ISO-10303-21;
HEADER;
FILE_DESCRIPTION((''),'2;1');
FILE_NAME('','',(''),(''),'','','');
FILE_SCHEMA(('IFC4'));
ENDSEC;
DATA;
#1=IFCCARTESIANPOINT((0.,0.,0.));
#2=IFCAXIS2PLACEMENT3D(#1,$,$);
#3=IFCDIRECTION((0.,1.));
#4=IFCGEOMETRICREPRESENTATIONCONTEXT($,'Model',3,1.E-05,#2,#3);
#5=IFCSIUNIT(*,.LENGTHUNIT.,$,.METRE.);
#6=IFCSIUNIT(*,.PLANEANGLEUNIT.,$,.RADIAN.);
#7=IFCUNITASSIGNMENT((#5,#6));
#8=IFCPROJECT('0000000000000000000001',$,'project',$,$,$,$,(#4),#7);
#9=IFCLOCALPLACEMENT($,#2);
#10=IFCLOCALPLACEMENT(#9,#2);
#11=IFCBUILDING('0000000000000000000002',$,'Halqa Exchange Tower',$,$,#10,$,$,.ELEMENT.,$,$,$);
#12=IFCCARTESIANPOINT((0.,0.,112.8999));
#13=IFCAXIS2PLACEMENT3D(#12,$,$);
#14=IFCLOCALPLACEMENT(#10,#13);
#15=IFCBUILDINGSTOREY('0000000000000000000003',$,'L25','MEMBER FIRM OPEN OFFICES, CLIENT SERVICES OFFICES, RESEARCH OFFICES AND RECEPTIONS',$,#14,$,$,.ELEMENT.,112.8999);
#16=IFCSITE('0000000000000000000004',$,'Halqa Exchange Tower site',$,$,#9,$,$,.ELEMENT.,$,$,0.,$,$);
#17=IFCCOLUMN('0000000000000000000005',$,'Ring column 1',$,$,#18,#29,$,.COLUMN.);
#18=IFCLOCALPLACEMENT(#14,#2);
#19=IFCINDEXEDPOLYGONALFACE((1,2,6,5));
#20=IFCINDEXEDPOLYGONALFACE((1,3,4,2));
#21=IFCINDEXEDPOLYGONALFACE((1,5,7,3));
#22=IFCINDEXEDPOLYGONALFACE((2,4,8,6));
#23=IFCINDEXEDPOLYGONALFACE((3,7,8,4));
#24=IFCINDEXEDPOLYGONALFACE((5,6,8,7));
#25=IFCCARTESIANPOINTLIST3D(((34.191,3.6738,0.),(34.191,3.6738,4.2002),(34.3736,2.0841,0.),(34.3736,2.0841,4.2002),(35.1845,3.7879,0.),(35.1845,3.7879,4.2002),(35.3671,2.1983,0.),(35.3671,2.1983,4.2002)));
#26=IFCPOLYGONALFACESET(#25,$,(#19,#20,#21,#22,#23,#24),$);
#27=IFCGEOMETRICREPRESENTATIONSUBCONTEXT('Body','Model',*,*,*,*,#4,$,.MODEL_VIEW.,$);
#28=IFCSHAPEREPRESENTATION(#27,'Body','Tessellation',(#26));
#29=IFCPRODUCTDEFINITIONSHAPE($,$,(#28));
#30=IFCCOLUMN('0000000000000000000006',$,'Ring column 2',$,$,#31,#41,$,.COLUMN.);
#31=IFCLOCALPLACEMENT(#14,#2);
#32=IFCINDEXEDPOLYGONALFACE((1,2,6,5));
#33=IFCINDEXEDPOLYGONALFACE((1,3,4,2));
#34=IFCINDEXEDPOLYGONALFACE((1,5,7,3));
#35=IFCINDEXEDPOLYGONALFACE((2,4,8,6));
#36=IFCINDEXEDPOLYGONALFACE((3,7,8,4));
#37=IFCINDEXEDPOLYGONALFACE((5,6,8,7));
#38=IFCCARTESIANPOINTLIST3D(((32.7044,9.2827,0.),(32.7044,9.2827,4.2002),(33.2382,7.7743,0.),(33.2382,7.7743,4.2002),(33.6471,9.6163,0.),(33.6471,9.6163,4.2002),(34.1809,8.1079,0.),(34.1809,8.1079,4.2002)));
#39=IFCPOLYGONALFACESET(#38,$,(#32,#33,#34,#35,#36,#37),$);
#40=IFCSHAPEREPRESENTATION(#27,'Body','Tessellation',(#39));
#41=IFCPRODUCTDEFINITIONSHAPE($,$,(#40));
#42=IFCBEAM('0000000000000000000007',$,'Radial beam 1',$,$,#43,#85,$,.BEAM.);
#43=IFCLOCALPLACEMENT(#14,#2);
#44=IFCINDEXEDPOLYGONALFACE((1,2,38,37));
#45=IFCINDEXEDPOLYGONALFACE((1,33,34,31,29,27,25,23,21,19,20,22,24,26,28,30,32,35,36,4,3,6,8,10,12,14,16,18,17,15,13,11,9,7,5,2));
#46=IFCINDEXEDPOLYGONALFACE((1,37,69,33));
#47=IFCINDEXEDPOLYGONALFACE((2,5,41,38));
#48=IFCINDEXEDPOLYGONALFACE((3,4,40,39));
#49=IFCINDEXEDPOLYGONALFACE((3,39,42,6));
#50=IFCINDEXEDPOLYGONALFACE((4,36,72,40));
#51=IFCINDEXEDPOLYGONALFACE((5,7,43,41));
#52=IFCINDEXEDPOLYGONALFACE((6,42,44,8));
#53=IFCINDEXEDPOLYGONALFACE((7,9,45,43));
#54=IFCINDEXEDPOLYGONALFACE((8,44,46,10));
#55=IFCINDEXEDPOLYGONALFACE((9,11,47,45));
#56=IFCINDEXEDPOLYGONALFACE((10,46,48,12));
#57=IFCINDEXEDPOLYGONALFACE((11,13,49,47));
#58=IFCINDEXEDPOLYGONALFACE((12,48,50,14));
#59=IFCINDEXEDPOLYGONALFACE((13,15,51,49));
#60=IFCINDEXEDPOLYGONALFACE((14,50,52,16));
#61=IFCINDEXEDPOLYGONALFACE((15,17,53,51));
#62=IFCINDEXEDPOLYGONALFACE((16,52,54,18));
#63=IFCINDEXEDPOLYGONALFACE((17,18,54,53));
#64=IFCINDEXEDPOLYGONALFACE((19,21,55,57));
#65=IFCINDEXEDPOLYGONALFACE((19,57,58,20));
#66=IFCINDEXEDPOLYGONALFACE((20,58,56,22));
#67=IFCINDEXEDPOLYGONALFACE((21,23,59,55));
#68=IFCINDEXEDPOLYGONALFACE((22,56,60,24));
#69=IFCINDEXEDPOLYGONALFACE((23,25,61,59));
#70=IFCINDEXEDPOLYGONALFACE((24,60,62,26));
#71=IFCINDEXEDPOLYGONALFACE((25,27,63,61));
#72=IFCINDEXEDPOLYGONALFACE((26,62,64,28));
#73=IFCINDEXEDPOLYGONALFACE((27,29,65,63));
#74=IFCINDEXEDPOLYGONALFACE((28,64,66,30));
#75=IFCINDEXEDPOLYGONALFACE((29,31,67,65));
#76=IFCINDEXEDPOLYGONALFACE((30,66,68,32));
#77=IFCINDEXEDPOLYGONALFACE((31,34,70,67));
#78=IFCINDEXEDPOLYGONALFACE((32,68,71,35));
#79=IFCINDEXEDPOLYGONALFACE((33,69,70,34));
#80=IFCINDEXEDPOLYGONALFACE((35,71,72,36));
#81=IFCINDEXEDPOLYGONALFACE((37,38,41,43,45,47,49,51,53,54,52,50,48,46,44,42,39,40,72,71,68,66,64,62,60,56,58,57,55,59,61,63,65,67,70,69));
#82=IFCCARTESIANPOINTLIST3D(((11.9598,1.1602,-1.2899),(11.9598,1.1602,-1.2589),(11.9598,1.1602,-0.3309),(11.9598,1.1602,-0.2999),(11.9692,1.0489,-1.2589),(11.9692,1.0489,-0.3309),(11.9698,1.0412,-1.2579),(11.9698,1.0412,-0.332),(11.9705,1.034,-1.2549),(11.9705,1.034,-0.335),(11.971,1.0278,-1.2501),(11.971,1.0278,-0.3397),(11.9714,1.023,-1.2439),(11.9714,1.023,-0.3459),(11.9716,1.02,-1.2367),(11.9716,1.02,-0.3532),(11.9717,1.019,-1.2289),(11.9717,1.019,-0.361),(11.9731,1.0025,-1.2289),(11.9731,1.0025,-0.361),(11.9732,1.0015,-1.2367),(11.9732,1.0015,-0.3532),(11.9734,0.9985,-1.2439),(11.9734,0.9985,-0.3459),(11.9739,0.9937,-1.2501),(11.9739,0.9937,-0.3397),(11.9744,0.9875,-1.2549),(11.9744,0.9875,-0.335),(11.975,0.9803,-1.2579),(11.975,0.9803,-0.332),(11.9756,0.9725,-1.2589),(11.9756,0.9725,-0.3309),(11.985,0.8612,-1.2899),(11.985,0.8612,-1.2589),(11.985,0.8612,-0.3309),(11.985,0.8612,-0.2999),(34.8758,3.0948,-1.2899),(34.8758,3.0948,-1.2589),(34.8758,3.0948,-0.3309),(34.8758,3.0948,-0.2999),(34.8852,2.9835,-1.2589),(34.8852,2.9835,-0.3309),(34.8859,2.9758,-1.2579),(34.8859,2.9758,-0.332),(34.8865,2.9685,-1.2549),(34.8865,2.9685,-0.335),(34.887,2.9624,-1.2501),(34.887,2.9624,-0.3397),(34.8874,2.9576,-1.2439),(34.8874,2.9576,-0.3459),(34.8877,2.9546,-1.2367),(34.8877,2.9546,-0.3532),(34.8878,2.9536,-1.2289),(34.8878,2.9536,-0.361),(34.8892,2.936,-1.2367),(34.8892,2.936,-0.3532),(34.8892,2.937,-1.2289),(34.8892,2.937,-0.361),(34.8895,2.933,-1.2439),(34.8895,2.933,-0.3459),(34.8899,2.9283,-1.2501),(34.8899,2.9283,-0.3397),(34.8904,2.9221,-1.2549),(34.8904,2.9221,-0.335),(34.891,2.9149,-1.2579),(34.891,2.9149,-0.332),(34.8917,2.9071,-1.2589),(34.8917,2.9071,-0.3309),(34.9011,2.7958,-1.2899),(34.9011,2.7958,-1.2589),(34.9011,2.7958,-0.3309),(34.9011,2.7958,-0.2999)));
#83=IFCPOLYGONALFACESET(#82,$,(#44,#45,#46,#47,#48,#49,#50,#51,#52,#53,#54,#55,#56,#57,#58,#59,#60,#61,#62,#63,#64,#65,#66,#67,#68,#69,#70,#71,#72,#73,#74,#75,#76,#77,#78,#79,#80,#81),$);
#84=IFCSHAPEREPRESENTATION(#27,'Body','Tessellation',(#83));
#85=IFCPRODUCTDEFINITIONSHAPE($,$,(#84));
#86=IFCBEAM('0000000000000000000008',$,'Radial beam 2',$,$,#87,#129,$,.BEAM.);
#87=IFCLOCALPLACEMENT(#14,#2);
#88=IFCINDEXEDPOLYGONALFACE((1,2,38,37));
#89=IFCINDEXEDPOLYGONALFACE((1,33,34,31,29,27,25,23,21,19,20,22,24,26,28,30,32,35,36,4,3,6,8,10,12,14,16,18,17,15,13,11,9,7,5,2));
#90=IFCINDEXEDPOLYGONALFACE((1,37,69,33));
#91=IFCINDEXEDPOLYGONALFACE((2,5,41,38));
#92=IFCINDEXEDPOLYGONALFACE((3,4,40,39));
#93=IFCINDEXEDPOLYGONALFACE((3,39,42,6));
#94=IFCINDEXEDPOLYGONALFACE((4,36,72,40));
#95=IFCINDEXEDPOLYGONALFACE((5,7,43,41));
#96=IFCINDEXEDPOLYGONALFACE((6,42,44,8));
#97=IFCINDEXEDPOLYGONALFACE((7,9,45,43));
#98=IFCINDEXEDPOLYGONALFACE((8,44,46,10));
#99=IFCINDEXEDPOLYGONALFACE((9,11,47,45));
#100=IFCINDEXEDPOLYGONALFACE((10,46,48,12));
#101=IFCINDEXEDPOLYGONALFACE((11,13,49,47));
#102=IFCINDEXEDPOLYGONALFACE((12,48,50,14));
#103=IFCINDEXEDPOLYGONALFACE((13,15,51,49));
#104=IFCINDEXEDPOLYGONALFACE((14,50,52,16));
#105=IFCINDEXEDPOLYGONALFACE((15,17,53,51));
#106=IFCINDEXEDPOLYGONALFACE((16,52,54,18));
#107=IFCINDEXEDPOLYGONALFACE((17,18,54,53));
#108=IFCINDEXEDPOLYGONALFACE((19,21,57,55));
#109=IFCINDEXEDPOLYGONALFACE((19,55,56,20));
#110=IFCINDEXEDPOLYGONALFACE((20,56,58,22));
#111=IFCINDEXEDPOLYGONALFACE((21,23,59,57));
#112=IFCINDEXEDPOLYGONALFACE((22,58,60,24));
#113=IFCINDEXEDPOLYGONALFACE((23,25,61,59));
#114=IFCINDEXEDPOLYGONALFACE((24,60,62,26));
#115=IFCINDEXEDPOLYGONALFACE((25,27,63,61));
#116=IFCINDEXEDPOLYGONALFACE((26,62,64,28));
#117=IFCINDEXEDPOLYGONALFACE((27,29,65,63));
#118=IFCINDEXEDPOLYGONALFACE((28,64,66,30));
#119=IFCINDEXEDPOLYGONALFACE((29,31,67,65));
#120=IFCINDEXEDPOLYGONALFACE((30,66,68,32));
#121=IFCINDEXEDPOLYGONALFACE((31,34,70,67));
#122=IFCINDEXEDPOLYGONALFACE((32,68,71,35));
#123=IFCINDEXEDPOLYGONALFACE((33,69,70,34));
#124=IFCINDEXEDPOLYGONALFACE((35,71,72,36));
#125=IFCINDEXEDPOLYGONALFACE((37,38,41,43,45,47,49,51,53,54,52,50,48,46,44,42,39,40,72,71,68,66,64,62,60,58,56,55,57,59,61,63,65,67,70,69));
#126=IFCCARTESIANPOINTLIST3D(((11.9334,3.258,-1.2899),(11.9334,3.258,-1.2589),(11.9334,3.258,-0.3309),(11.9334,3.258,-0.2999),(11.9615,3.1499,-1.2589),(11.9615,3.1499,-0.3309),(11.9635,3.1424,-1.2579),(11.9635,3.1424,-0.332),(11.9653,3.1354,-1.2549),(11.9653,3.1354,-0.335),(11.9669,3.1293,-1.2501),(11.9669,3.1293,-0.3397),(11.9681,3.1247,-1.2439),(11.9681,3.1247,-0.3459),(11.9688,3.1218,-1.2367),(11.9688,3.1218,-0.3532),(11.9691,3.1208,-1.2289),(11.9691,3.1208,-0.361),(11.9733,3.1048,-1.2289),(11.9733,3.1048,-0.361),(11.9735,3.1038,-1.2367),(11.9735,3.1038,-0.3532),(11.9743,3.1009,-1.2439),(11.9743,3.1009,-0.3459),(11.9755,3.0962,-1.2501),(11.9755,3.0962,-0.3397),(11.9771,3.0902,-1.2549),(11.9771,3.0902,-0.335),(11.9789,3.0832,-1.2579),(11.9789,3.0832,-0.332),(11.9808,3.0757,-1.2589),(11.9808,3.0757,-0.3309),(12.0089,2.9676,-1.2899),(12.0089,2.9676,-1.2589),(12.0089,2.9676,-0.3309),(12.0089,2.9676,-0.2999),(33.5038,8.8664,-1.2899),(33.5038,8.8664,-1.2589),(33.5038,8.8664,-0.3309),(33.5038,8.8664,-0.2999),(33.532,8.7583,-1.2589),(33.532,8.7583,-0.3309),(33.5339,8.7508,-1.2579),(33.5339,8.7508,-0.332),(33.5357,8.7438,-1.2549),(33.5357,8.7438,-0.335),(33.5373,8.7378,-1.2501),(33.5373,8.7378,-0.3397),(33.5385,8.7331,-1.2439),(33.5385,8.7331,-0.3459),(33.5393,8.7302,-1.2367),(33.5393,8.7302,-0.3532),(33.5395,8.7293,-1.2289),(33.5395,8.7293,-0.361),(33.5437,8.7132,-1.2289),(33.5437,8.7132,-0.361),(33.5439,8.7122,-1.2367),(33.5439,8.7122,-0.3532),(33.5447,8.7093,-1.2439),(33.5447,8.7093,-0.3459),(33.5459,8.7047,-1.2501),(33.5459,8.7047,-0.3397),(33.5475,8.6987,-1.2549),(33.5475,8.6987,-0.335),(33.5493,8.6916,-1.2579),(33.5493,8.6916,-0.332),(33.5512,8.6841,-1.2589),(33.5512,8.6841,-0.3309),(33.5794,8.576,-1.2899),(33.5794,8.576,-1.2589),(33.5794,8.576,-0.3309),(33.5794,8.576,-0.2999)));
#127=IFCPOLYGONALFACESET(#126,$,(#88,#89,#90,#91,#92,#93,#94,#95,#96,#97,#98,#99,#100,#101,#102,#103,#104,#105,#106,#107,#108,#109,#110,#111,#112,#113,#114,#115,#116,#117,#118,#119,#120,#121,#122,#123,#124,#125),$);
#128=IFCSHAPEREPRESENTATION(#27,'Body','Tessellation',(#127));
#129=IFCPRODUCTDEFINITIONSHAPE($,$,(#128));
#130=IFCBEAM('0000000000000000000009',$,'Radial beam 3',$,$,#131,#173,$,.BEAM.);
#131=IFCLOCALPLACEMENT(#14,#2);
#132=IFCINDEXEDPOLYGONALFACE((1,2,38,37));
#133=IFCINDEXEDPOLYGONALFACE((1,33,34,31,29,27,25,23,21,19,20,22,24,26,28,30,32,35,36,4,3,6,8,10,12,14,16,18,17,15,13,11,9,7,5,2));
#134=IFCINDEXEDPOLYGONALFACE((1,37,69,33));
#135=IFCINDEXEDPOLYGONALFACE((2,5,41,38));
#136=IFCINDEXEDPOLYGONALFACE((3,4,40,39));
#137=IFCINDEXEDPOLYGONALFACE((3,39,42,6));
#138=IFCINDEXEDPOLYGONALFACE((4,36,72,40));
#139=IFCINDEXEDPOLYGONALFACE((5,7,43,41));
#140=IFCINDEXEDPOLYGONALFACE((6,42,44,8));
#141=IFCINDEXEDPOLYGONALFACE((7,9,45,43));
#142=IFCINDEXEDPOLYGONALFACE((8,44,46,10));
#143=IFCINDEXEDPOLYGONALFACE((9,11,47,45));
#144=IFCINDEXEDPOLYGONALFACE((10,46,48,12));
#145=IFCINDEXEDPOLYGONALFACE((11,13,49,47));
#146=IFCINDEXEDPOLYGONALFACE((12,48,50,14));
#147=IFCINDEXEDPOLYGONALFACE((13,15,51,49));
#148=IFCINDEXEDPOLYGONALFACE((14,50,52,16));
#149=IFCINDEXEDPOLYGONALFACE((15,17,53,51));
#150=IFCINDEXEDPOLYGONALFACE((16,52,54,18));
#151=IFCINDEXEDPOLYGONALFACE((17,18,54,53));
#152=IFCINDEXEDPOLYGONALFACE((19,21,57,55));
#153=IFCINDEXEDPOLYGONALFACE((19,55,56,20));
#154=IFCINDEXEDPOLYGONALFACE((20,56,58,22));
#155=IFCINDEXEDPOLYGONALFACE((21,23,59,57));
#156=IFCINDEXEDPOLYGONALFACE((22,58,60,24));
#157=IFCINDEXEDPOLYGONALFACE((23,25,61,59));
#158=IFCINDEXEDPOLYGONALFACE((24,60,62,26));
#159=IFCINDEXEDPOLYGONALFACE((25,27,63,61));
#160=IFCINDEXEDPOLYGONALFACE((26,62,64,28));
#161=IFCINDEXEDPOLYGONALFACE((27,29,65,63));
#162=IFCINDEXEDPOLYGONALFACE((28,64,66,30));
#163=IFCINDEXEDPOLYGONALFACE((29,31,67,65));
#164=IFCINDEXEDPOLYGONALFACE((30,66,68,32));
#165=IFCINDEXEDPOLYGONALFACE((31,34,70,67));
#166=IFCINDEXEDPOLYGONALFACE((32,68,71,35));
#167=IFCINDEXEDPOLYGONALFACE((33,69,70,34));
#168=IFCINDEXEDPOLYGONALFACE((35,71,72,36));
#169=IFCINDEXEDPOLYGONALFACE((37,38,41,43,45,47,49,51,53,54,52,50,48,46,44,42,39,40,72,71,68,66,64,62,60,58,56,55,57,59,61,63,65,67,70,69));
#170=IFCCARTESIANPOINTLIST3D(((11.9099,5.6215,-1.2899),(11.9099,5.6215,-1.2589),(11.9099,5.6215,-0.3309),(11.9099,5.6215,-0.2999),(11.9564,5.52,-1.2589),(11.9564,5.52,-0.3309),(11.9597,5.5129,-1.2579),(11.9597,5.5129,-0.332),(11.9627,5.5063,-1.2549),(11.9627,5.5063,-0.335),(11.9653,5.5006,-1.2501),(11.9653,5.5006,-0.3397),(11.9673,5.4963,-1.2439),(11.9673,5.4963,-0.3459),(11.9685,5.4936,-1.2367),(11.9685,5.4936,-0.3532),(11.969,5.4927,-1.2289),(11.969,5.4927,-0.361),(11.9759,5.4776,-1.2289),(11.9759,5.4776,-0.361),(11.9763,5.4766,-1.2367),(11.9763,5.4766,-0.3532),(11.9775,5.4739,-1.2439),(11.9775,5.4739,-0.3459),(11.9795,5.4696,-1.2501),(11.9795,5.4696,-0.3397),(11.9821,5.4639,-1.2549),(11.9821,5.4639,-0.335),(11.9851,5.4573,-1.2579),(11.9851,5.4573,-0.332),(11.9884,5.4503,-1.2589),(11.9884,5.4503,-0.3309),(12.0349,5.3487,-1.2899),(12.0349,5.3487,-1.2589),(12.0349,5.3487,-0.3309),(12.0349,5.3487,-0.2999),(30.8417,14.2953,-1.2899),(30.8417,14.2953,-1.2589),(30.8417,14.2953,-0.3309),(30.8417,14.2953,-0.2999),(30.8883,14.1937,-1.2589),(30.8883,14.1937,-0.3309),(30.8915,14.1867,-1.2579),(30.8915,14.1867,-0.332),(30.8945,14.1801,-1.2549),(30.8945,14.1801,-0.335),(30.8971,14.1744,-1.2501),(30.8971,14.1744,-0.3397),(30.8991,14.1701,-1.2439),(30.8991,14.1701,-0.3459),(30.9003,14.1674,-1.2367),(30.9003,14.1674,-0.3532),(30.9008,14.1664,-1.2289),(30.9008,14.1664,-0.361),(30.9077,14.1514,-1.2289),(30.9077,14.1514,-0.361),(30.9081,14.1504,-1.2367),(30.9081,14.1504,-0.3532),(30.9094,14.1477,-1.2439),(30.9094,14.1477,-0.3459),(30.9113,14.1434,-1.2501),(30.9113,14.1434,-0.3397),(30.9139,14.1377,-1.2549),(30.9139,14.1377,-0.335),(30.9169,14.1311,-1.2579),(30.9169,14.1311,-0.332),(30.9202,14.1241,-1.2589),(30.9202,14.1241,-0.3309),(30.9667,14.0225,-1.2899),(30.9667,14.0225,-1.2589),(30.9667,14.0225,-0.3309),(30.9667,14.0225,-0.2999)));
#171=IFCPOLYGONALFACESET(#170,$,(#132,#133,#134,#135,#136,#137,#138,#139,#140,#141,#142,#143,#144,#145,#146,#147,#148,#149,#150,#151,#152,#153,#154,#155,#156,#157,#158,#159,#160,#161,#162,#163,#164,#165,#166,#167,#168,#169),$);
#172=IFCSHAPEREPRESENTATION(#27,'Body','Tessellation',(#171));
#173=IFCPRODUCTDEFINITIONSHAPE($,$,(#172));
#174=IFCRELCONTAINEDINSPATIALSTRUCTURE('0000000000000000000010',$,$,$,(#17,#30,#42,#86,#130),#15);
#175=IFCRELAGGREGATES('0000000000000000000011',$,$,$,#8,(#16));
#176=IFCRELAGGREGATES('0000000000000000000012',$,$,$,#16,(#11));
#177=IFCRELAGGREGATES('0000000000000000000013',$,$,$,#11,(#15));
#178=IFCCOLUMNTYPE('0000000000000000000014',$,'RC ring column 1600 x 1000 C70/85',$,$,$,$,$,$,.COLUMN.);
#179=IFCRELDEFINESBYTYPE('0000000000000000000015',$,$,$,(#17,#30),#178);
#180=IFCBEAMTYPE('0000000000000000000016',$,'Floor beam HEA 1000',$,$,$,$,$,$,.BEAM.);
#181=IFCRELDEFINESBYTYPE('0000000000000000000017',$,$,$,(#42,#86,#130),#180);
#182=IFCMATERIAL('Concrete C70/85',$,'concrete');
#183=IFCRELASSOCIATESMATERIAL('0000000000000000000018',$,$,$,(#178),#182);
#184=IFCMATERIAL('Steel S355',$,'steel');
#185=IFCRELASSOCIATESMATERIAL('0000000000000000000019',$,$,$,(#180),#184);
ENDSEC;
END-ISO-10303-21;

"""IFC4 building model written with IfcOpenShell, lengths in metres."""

from ifc_helpers import new_model, si_unit, direction, frame, origin, origin_2d, place, context, subcontext, project, spatial, rectangle, i_section, extrude, material, material_profile, profile_set, type_object, element, save


model = new_model("IFC4")

# Units and contexts
model_context = context("Model", 3, precision=1e-05, world=origin(), true_north=direction((0.0, 1.0)))
body_context = subcontext(model_context, "Body", "Model", "MODEL_VIEW")
ifc_project = project(units=[si_unit("LENGTHUNIT", "METRE"), si_unit("PLANEANGLEUNIT", "RADIAN")], contexts=[model_context])

# Site, building, storey
site_placement = place(None, origin())
site = spatial("IfcSite", under=ifc_project, at=site_placement, Name="Halqa Exchange Tower site", CompositionType="ELEMENT", RefElevation=0.0)
building_placement = place(site_placement, origin())
building = spatial("IfcBuilding", under=site, at=building_placement, Name="Halqa Exchange Tower", CompositionType="ELEMENT")
storey_placement = place(building_placement, frame((0.0, 0.0, 112.8999)))
storey = spatial("IfcBuildingStorey", under=building, at=storey_placement, Name="L25", Description="MEMBER FIRM OPEN OFFICES, CLIENT SERVICES OFFICES, RESEARCH OFFICES AND RECEPTIONS", CompositionType="ELEMENT", Elevation=112.8999)

# Columns
ifc_material_1 = material(Name="Concrete C70/85", Category="concrete")
ifc_material_profile_1 = material_profile(ifc_material_1, rectangle(XDim=1.6001, YDim=1.0, at=origin_2d()), Name="1600 x 1000")
ifc_profile_set_1 = profile_set([ifc_material_profile_1], Name="Concrete C70/85")
column_type = type_object("IfcColumnType", Name="RC ring column 1600 x 1000 C70/85", PredefinedType="COLUMN", material=ifc_profile_set_1)
for number, where, z_axis, x_axis, name in (
    (1, (34.7791, 2.936, 0.0), (0.0, 0.0, 1.0), (-0.114152, 0.993463, 0.0), "Ring column 1"),
    (2, (33.4426, 8.6953, 0.0), (0.0, 0.0, 1.0), (-0.333624, 0.942706, 0.0), "Ring column 2"),
):
    element("IfcColumn", number, at=place(storey_placement, frame(where, z_axis=z_axis, x_axis=x_axis)), inside=storey, type_object=column_type, Name=name, PredefinedType="COLUMN", context=body_context, shape_type="SweptSolid", body=[
        extrude(rectangle(XDim=1.6001, YDim=1.0, at=origin_2d()), origin(), (0.0, 0.0, 1.0), 4.2002),
    ])

# Beams
ifc_material_2 = material(Name="Steel S355", Category="steel")
ifc_material_profile_2 = material_profile(ifc_material_2, i_section(OverallWidth=0.3, OverallDepth=0.99, WebThickness=0.0166, FlangeThickness=0.031, FilletRadius=0.03, at=origin_2d()), Name="HEA 1000")
ifc_profile_set_2 = profile_set([ifc_material_profile_2], Name="Steel S355")
beam_type_1 = type_object("IfcBeamType", Name="Floor beam HEA 1000", PredefinedType="BEAM", material=ifc_profile_set_2)
beam_1_placement = place(storey_placement, frame((11.9724, 1.0107, -0.7949), z_axis=(0.996456, 0.084121, 0.0), x_axis=(-0.084121, 0.996456, 0.0)))
element("IfcBeam", 3, at=beam_1_placement, inside=storey, type_object=beam_type_1, Name="Radial beam 1", PredefinedType="BEAM", context=body_context, shape_type="SweptSolid", body=[
    extrude(i_section(OverallWidth=0.3, OverallDepth=0.99, WebThickness=0.0166, FlangeThickness=0.031, FilletRadius=0.03, at=origin_2d()), origin(), (0.0, 0.0, 1.0), 22.9976),
])
beam_2_placement = place(storey_placement, frame((11.9712, 3.1128, -0.7949), z_axis=(0.967821, 0.251639, 0.0), x_axis=(-0.251639, 0.967821, 0.0)))
element("IfcBeam", 4, at=beam_2_placement, inside=storey, type_object=beam_type_1, Name="Radial beam 2", PredefinedType="BEAM", context=body_context, shape_type="SweptSolid", body=[
    extrude(i_section(OverallWidth=0.3, OverallDepth=0.99, WebThickness=0.0166, FlangeThickness=0.031, FilletRadius=0.03, at=origin_2d()), origin(), (0.0, 0.0, 1.0), 22.2876),
])
beam_3_placement = place(storey_placement, frame((11.9724, 5.4851, -0.7949), z_axis=(0.909125, 0.416524, 0.0), x_axis=(-0.416524, 0.909125, 0.0)))
element("IfcBeam", 5, at=beam_3_placement, inside=storey, type_object=beam_type_1, Name="Radial beam 3", PredefinedType="BEAM", context=body_context, shape_type="SweptSolid", body=[
    extrude(i_section(OverallWidth=0.3, OverallDepth=0.99, WebThickness=0.0166, FlangeThickness=0.031, FilletRadius=0.03, at=origin_2d()), origin(), (0.0, 0.0, 1.0), 20.8242),
])

save(model, "model.ifc")
